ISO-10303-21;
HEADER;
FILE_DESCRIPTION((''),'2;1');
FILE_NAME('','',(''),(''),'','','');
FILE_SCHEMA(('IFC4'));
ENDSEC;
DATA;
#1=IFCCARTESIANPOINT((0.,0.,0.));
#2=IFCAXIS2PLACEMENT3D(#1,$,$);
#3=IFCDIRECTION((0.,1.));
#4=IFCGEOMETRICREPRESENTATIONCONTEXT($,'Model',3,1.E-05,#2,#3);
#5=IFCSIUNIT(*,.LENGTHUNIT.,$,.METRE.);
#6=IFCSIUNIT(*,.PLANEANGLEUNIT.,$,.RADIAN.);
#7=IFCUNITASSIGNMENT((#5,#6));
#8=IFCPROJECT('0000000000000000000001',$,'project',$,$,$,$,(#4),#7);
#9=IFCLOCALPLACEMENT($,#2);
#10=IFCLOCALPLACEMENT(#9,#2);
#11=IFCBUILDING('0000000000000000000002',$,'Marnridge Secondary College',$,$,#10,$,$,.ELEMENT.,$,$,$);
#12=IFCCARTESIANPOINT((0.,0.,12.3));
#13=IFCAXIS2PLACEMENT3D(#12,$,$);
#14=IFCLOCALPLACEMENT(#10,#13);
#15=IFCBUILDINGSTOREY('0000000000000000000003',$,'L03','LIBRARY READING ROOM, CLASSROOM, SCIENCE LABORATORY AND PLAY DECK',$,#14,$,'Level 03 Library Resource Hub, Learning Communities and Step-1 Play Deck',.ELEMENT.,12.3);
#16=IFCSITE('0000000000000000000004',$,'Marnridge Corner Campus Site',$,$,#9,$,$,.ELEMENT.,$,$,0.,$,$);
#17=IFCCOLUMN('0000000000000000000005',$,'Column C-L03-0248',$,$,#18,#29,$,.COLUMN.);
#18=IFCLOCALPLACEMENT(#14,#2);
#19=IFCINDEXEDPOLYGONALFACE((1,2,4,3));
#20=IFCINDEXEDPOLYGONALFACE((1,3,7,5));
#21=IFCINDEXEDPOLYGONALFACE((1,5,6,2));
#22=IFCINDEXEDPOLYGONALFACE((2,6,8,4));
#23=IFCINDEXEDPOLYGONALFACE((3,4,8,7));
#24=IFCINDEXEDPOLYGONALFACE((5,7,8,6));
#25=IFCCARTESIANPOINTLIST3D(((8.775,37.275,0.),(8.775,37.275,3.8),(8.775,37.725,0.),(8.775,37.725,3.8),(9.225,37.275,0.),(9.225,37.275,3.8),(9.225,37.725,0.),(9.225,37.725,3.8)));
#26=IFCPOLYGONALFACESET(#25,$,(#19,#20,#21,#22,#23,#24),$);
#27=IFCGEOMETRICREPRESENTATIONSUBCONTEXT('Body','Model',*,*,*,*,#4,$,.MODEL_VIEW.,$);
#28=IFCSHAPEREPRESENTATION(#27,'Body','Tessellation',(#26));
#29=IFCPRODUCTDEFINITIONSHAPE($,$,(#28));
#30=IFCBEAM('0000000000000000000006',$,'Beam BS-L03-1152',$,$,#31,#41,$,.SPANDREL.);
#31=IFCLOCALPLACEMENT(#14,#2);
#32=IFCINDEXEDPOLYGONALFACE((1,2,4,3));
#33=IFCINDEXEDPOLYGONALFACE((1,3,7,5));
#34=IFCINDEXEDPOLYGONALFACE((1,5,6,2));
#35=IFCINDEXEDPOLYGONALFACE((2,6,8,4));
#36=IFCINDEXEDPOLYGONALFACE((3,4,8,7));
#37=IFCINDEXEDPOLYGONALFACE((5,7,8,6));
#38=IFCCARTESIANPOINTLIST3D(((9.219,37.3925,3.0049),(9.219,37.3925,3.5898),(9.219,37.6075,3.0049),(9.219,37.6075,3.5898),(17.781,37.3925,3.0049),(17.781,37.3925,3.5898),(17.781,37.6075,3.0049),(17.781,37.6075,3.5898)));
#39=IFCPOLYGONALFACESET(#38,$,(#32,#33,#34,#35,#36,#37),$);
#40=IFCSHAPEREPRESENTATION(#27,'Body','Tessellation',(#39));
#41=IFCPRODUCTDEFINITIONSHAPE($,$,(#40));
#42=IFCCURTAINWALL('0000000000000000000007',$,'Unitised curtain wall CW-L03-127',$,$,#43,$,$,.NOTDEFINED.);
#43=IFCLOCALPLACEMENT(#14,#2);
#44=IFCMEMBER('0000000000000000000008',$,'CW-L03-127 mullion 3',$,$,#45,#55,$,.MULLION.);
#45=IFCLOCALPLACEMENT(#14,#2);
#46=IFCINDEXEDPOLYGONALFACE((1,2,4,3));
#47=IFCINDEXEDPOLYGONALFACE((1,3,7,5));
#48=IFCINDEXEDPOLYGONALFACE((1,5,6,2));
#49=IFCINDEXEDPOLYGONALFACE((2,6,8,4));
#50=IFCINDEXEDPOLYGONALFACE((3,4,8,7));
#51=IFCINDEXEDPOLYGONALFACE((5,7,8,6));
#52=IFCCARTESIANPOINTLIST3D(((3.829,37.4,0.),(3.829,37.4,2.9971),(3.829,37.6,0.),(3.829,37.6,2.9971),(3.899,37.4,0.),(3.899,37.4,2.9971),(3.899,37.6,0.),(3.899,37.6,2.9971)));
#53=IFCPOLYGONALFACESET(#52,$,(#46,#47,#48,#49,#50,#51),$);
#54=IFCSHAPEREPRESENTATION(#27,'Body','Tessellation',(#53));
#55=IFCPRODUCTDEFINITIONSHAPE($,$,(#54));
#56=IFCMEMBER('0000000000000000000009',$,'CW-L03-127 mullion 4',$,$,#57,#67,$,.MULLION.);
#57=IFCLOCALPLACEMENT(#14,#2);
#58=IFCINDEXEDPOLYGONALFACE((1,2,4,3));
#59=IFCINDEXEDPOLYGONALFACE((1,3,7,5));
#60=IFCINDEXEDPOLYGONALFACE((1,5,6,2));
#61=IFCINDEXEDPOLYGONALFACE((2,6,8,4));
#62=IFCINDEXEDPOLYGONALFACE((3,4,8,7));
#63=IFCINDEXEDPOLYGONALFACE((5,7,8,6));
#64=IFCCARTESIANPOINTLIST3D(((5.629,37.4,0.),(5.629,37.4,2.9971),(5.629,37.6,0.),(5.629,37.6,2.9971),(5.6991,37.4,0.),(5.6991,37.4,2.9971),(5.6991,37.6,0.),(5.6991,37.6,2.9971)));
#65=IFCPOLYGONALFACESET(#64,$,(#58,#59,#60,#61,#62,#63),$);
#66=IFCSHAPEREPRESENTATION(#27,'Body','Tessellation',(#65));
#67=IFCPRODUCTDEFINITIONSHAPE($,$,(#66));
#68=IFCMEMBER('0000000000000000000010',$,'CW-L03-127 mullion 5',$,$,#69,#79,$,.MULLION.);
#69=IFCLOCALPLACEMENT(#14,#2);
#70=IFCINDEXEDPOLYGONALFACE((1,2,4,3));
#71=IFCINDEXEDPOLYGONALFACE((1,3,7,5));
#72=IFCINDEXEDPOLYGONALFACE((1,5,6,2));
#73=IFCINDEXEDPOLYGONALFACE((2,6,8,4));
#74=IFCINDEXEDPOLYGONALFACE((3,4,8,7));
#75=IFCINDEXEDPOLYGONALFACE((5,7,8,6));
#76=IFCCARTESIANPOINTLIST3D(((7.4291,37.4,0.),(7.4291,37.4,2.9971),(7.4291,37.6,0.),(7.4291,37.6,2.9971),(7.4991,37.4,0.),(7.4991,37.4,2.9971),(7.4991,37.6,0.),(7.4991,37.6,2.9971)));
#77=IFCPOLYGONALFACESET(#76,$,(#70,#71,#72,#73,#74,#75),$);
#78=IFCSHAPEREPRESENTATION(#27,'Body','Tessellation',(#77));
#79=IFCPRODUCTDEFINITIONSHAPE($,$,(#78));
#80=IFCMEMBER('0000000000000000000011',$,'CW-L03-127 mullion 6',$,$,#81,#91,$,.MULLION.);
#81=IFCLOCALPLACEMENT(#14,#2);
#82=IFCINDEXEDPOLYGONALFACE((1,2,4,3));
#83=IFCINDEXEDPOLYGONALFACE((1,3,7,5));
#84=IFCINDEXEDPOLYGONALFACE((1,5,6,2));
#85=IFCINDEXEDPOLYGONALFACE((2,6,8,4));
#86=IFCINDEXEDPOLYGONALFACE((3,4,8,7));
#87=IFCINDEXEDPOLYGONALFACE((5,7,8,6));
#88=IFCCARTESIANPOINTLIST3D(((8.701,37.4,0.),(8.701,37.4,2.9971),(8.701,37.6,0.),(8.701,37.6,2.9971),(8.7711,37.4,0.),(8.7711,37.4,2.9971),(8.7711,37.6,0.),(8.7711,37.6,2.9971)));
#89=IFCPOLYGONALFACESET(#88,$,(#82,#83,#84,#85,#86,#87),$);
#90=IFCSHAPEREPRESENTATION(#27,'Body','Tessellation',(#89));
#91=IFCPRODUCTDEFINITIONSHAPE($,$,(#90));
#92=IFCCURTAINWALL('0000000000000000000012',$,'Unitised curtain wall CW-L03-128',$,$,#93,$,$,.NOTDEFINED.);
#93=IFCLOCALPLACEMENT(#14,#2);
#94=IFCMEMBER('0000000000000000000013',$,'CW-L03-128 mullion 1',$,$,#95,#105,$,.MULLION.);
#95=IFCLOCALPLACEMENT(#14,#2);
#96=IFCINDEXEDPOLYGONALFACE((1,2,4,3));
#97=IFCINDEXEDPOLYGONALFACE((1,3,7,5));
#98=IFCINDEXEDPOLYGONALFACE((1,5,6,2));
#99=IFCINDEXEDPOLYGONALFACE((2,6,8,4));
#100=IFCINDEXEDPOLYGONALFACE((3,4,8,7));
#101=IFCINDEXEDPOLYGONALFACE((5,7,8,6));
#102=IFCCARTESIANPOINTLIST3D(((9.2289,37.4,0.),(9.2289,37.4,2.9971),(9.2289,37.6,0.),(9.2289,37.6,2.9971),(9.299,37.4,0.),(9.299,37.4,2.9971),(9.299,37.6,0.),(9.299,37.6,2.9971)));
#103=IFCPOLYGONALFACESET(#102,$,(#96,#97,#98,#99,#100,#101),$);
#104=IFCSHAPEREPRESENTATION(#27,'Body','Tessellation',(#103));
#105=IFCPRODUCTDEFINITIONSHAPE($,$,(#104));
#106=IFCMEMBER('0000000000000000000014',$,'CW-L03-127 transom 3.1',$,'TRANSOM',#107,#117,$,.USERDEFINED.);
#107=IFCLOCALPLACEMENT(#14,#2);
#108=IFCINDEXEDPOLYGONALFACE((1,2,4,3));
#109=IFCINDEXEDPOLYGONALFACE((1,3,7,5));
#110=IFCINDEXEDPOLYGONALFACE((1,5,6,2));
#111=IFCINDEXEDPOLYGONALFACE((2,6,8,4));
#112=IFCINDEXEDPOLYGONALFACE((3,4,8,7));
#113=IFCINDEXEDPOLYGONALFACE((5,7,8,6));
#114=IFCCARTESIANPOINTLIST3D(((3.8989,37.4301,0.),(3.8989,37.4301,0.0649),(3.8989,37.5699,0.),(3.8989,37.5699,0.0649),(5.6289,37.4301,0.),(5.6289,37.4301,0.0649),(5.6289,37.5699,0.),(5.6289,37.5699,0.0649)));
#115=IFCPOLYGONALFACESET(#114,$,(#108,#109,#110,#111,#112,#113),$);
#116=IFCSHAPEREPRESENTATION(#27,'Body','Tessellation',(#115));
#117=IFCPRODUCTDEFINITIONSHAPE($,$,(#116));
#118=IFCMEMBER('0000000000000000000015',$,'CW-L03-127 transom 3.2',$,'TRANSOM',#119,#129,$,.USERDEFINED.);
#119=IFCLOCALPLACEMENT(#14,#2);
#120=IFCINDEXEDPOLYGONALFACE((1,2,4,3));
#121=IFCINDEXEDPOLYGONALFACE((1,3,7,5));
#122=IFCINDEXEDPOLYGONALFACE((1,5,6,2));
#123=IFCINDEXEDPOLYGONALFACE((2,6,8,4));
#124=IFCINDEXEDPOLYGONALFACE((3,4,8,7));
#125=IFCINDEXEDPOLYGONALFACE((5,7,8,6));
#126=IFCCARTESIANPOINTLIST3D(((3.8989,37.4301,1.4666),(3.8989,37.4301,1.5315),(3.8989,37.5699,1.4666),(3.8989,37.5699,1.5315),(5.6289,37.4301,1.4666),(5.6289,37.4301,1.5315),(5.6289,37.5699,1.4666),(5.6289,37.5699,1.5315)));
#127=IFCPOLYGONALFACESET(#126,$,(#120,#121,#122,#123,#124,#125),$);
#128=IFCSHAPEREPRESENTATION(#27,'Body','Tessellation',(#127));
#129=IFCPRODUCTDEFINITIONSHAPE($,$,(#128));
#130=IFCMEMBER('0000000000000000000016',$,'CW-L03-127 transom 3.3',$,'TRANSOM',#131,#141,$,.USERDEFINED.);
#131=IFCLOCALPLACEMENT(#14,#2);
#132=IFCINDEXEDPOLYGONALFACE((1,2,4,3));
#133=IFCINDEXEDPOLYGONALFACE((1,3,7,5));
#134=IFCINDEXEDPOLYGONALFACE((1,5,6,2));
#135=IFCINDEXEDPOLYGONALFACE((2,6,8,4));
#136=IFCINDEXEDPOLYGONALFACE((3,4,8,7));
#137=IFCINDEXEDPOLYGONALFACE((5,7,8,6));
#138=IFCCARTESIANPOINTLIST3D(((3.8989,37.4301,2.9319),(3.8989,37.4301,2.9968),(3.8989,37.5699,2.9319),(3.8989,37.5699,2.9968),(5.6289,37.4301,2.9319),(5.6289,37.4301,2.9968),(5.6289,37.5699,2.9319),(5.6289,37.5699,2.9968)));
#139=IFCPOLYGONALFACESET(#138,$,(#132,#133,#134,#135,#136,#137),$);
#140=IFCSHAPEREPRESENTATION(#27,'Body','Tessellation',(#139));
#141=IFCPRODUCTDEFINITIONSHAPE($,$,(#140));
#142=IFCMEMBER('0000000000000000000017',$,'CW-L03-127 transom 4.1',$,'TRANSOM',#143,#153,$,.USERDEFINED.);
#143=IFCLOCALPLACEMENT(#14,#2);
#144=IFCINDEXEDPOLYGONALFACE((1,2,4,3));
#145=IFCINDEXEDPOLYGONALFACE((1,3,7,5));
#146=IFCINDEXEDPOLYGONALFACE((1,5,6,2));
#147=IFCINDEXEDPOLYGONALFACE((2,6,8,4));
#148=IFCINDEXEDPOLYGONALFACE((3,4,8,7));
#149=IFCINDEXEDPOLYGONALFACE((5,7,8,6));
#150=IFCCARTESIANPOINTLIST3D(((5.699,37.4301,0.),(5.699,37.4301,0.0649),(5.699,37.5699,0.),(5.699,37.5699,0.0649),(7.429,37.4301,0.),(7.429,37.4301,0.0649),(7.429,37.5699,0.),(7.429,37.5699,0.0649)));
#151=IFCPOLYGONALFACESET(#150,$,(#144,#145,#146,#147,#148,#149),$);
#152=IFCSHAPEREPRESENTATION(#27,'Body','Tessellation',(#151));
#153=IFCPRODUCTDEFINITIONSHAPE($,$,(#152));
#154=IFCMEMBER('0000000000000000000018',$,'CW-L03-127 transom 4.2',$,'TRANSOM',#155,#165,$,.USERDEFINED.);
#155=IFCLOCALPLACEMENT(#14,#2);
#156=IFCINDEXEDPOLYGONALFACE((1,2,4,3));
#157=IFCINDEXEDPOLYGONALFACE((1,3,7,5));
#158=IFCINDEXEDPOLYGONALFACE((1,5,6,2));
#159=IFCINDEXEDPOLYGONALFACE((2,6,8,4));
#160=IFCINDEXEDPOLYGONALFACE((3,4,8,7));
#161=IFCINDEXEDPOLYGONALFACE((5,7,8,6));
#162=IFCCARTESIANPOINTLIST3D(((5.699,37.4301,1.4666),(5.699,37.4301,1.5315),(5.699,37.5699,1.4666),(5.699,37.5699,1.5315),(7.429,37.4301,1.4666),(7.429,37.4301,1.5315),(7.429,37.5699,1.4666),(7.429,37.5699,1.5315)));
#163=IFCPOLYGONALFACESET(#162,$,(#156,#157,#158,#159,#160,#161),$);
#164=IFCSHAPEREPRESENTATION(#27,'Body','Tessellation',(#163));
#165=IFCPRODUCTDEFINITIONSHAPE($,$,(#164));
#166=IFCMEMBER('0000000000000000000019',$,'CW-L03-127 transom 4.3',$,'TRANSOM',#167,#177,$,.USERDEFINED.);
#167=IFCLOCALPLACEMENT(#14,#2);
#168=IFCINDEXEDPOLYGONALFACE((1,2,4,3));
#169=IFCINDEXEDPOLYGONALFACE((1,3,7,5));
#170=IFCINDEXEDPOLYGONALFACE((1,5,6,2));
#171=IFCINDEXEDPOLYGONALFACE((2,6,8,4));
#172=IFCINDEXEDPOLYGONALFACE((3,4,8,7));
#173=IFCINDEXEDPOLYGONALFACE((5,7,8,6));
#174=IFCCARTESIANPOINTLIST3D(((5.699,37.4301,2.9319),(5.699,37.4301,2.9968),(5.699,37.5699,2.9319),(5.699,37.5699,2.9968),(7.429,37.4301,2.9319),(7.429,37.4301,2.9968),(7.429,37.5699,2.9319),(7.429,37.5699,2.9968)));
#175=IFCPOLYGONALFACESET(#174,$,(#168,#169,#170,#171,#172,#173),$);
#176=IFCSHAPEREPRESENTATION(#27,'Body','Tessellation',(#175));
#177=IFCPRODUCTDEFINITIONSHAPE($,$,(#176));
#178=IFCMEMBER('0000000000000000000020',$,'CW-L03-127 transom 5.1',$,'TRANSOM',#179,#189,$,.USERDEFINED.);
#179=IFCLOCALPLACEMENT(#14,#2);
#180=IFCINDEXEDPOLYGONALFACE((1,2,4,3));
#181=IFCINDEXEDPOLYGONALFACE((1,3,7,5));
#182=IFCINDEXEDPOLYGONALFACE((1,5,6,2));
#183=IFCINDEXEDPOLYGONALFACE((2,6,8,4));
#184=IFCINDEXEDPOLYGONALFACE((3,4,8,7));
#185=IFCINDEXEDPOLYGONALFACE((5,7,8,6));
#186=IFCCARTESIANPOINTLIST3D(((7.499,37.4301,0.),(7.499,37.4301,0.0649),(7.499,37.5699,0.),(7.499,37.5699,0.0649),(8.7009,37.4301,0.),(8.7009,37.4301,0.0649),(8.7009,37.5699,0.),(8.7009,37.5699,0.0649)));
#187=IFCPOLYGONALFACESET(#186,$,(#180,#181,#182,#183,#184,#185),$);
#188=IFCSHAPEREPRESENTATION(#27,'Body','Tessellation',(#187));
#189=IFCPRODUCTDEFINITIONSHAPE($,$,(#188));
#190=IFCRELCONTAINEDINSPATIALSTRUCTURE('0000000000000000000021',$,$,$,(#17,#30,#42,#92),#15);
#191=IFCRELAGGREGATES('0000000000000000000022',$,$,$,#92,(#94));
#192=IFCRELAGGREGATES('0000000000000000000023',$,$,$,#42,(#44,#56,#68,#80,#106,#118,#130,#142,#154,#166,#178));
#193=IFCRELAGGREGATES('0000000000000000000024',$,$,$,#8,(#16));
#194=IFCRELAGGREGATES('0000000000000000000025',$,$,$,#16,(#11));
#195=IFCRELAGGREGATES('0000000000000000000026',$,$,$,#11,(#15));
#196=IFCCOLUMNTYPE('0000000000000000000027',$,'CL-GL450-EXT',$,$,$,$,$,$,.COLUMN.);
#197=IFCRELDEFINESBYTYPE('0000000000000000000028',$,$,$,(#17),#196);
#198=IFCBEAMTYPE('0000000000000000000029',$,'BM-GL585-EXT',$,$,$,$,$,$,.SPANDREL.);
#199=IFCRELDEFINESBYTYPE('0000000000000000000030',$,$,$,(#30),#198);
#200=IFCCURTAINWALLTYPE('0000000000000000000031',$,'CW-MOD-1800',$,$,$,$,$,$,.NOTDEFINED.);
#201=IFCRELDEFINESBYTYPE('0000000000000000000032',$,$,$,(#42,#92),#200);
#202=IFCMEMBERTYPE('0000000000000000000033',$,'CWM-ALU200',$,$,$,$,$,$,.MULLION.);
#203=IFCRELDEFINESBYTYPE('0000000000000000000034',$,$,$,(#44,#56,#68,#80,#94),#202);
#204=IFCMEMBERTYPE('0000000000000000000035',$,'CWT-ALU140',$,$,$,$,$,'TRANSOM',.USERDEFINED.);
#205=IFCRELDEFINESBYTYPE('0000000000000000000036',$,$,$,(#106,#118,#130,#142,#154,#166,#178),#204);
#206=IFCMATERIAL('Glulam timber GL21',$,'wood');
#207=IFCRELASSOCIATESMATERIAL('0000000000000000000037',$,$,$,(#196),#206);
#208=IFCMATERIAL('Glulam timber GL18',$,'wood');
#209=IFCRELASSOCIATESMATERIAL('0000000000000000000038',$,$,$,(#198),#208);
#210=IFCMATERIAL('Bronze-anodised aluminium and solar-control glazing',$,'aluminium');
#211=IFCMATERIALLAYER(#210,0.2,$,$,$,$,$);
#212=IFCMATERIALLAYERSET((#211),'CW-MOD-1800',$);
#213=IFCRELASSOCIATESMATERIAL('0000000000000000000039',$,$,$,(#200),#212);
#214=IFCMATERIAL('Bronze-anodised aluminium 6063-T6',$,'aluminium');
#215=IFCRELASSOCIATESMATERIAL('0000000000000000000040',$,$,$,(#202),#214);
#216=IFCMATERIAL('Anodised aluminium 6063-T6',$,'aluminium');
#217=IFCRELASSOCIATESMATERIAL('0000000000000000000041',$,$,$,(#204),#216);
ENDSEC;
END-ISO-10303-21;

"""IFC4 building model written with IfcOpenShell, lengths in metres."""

from ifc_helpers import new_model, si_unit, direction, frame, origin, origin_2d, place, context, subcontext, project, spatial, rectangle, extrude, material, layer, layer_set, material_profile, profile_set, type_object, element, aggregate, save


model = new_model("IFC4")

# Units and contexts
model_context = context("Model", 3, precision=1e-05, world=origin(), true_north=direction((0.0, 1.0)))
body_context = subcontext(model_context, "Body", "Model", "MODEL_VIEW")
ifc_project = project(units=[si_unit("LENGTHUNIT", "METRE"), si_unit("PLANEANGLEUNIT", "RADIAN")], contexts=[model_context])

# Site, building, storey
site_placement = place(None, origin())
site = spatial("IfcSite", under=ifc_project, at=site_placement, Name="Marnridge Corner Campus Site", CompositionType="ELEMENT", RefElevation=0.0)
building_placement = place(site_placement, origin())
building = spatial("IfcBuilding", under=site, at=building_placement, Name="Marnridge Secondary College", CompositionType="ELEMENT")
storey_placement = place(building_placement, frame((0.0, 0.0, 12.3)))
storey = spatial("IfcBuildingStorey", under=building, at=storey_placement, Name="L03", Description="LIBRARY READING ROOM, CLASSROOM, SCIENCE LABORATORY AND PLAY DECK", LongName="Level 03 Library Resource Hub, Learning Communities and Step-1 Play Deck", CompositionType="ELEMENT", Elevation=12.3)

# Column
ifc_material_1 = material(Name="Glulam timber GL21", Category="wood")
ifc_material_profile_1 = material_profile(ifc_material_1, rectangle(XDim=0.45, YDim=0.45, at=origin_2d()), Name="GL21 450x450")
ifc_profile_set_1 = profile_set([ifc_material_profile_1], Name="Glulam timber GL21")
column_type = type_object("IfcColumnType", Name="CL-GL450-EXT", PredefinedType="COLUMN", material=ifc_profile_set_1)
column_placement = place(storey_placement, frame((9.0, 37.5, 0.0), z_axis=(0.0, 0.0, 1.0), x_axis=(1.0, 0.0, 0.0)))
element("IfcColumn", 1, at=column_placement, inside=storey, type_object=column_type, Name="Column C-L03-0248", PredefinedType="COLUMN", context=body_context, shape_type="SweptSolid", body=[
    extrude(rectangle(XDim=0.45, YDim=0.45, at=origin_2d()), origin(), (0.0, 0.0, 1.0), 3.8),
])

# Beam
ifc_material_2 = material(Name="Glulam timber GL18", Category="wood")
ifc_material_profile_2 = material_profile(ifc_material_2, rectangle(XDim=0.2151, YDim=0.585, at=origin_2d()), Name="GL18 215x585")
ifc_profile_set_2 = profile_set([ifc_material_profile_2], Name="Glulam timber GL18")
beam_type = type_object("IfcBeamType", Name="BM-GL585-EXT", PredefinedType="SPANDREL", material=ifc_profile_set_2)
beam_placement = place(storey_placement, frame((9.219, 37.5, 3.2974), z_axis=(1.0, 0.0, 0.0), x_axis=(0.0, 1.0, 0.0)))
element("IfcBeam", 2, at=beam_placement, inside=storey, type_object=beam_type, Name="Beam BS-L03-1152", PredefinedType="SPANDREL", context=body_context, shape_type="SweptSolid", body=[
    extrude(rectangle(XDim=0.2151, YDim=0.585, at=origin_2d()), origin(), (0.0, 0.0, 1.0), 8.562),
])

# Curtain wall, members
ifc_material_3 = material(Name="Bronze-anodised aluminium and solar-control glazing", Category="aluminium")
ifc_layer_1 = layer(ifc_material_3, 0.2)
ifc_layer_set_1 = layer_set([ifc_layer_1], Name="CW-MOD-1800")
curtain_wall_type = type_object("IfcCurtainWallType", Name="CW-MOD-1800", PredefinedType="NOTDEFINED", material=ifc_layer_set_1)
curtain_wall_1_placement = place(storey_placement, origin())
curtain_wall_1 = element("IfcCurtainWall", 3, at=curtain_wall_1_placement, inside=storey, type_object=curtain_wall_type, Name="Unitised curtain wall CW-L03-127", PredefinedType="NOTDEFINED")
ifc_material_4 = material(Name="Bronze-anodised aluminium 6063-T6", Category="aluminium")
ifc_material_profile_3 = material_profile(ifc_material_4, rectangle(XDim=0.0701, YDim=0.2, at=origin_2d()), Name="ALU 70x200")
ifc_profile_set_3 = profile_set([ifc_material_profile_3], Name="Bronze-anodised aluminium 6063-T6")
member_type_1 = type_object("IfcMemberType", Name="CWM-ALU200", PredefinedType="MULLION", material=ifc_profile_set_3)
member_1_placement = place(storey_placement, frame((3.864, 37.5, 0.0), z_axis=(0.0, 0.0, 1.0), x_axis=(1.0, 0.0, 0.0)))
member_1 = element("IfcMember", 4, at=member_1_placement, type_object=member_type_1, Name="CW-L03-127 mullion 3", PredefinedType="MULLION", context=body_context, shape_type="SweptSolid", body=[
    extrude(rectangle(XDim=0.0701, YDim=0.2, at=origin_2d()), origin(), (0.0, 0.0, 1.0), 2.9971),
])
member_2_placement = place(storey_placement, frame((5.6641, 37.5, 0.0), z_axis=(0.0, 0.0, 1.0), x_axis=(1.0, 0.0, 0.0)))
member_2 = element("IfcMember", 5, at=member_2_placement, type_object=member_type_1, Name="CW-L03-127 mullion 4", PredefinedType="MULLION", context=body_context, shape_type="SweptSolid", body=[
    extrude(rectangle(XDim=0.0701, YDim=0.2, at=origin_2d()), origin(), (0.0, 0.0, 1.0), 2.9971),
])
member_3_placement = place(storey_placement, frame((7.4641, 37.5, 0.0), z_axis=(0.0, 0.0, 1.0), x_axis=(1.0, 0.0, 0.0)))
member_3 = element("IfcMember", 6, at=member_3_placement, type_object=member_type_1, Name="CW-L03-127 mullion 5", PredefinedType="MULLION", context=body_context, shape_type="SweptSolid", body=[
    extrude(rectangle(XDim=0.0701, YDim=0.2, at=origin_2d()), origin(), (0.0, 0.0, 1.0), 2.9971),
])
member_4_placement = place(storey_placement, frame((8.7361, 37.5, 0.0), z_axis=(0.0, 0.0, 1.0), x_axis=(1.0, 0.0, 0.0)))
member_4 = element("IfcMember", 7, at=member_4_placement, type_object=member_type_1, Name="CW-L03-127 mullion 6", PredefinedType="MULLION", context=body_context, shape_type="SweptSolid", body=[
    extrude(rectangle(XDim=0.0701, YDim=0.2, at=origin_2d()), origin(), (0.0, 0.0, 1.0), 2.9971),
])

# Curtain wall, member
curtain_wall_2_placement = place(storey_placement, origin())
curtain_wall_2 = element("IfcCurtainWall", 8, at=curtain_wall_2_placement, inside=storey, type_object=curtain_wall_type, Name="Unitised curtain wall CW-L03-128", PredefinedType="NOTDEFINED")
member_5_placement = place(storey_placement, frame((9.2639, 37.5, 0.0), z_axis=(0.0, 0.0, 1.0), x_axis=(1.0, 0.0, 0.0)))
member_5 = element("IfcMember", 9, at=member_5_placement, type_object=member_type_1, Name="CW-L03-128 mullion 1", PredefinedType="MULLION", context=body_context, shape_type="SweptSolid", body=[
    extrude(rectangle(XDim=0.0701, YDim=0.2, at=origin_2d()), origin(), (0.0, 0.0, 1.0), 2.9971),
])

# Members
ifc_material_5 = material(Name="Anodised aluminium 6063-T6", Category="aluminium")
ifc_material_profile_4 = material_profile(ifc_material_5, rectangle(XDim=0.0649, YDim=0.1399, at=origin_2d()), Name="ALU 65x140")
ifc_profile_set_4 = profile_set([ifc_material_profile_4], Name="Anodised aluminium 6063-T6")
member_type_2 = type_object("IfcMemberType", Name="CWT-ALU140", ElementType="TRANSOM", PredefinedType="USERDEFINED", material=ifc_profile_set_4)
member_6_placement = place(storey_placement, frame((3.8989, 37.5, 0.0325), z_axis=(1.0, 0.0, 0.0), x_axis=(0.0, 0.0, 1.0)))
member_6 = element("IfcMember", 10, at=member_6_placement, type_object=member_type_2, Name="CW-L03-127 transom 3.1", ObjectType="TRANSOM", PredefinedType="USERDEFINED", context=body_context, shape_type="SweptSolid", body=[
    extrude(rectangle(XDim=0.0649, YDim=0.1399, at=origin_2d()), origin(), (0.0, 0.0, 1.0), 1.73),
])
member_7_placement = place(storey_placement, frame((3.8989, 37.5, 1.499), z_axis=(1.0, 0.0, 0.0), x_axis=(0.0, 0.0, 1.0)))
member_7 = element("IfcMember", 11, at=member_7_placement, type_object=member_type_2, Name="CW-L03-127 transom 3.2", ObjectType="TRANSOM", PredefinedType="USERDEFINED", context=body_context, shape_type="SweptSolid", body=[
    extrude(rectangle(XDim=0.0649, YDim=0.1399, at=origin_2d()), origin(), (0.0, 0.0, 1.0), 1.73),
])
member_8_placement = place(storey_placement, frame((3.8989, 37.5, 2.9644), z_axis=(1.0, 0.0, 0.0), x_axis=(0.0, 0.0, 1.0)))
member_8 = element("IfcMember", 12, at=member_8_placement, type_object=member_type_2, Name="CW-L03-127 transom 3.3", ObjectType="TRANSOM", PredefinedType="USERDEFINED", context=body_context, shape_type="SweptSolid", body=[
    extrude(rectangle(XDim=0.0649, YDim=0.1399, at=origin_2d()), origin(), (0.0, 0.0, 1.0), 1.73),
])
member_9_placement = place(storey_placement, frame((5.699, 37.5, 0.0325), z_axis=(1.0, 0.0, 0.0), x_axis=(0.0, 0.0, 1.0)))
member_9 = element("IfcMember", 13, at=member_9_placement, type_object=member_type_2, Name="CW-L03-127 transom 4.1", ObjectType="TRANSOM", PredefinedType="USERDEFINED", context=body_context, shape_type="SweptSolid", body=[
    extrude(rectangle(XDim=0.0649, YDim=0.1399, at=origin_2d()), origin(), (0.0, 0.0, 1.0), 1.73),
])
member_10_placement = place(storey_placement, frame((5.699, 37.5, 1.499), z_axis=(1.0, 0.0, 0.0), x_axis=(0.0, 0.0, 1.0)))
member_10 = element("IfcMember", 14, at=member_10_placement, type_object=member_type_2, Name="CW-L03-127 transom 4.2", ObjectType="TRANSOM", PredefinedType="USERDEFINED", context=body_context, shape_type="SweptSolid", body=[
    extrude(rectangle(XDim=0.0649, YDim=0.1399, at=origin_2d()), origin(), (0.0, 0.0, 1.0), 1.73),
])
member_11_placement = place(storey_placement, frame((5.699, 37.5, 2.9644), z_axis=(1.0, 0.0, 0.0), x_axis=(0.0, 0.0, 1.0)))
member_11 = element("IfcMember", 15, at=member_11_placement, type_object=member_type_2, Name="CW-L03-127 transom 4.3", ObjectType="TRANSOM", PredefinedType="USERDEFINED", context=body_context, shape_type="SweptSolid", body=[
    extrude(rectangle(XDim=0.0649, YDim=0.1399, at=origin_2d()), origin(), (0.0, 0.0, 1.0), 1.73),
])
member_12_placement = place(storey_placement, frame((7.499, 37.5, 0.0325), z_axis=(1.0, 0.0, 0.0), x_axis=(0.0, 0.0, 1.0)))
member_12 = element("IfcMember", 16, at=member_12_placement, type_object=member_type_2, Name="CW-L03-127 transom 5.1", ObjectType="TRANSOM", PredefinedType="USERDEFINED", context=body_context, shape_type="SweptSolid", body=[
    extrude(rectangle(XDim=0.0649, YDim=0.1399, at=origin_2d()), origin(), (0.0, 0.0, 1.0), 1.2019),
])
aggregate(curtain_wall_2, [member_5])

aggregate(curtain_wall_1, [member_1, member_2, member_3, member_4, member_6, member_7, member_8, member_9, member_10, member_11, member_12])

save(model, "model.ifc")
